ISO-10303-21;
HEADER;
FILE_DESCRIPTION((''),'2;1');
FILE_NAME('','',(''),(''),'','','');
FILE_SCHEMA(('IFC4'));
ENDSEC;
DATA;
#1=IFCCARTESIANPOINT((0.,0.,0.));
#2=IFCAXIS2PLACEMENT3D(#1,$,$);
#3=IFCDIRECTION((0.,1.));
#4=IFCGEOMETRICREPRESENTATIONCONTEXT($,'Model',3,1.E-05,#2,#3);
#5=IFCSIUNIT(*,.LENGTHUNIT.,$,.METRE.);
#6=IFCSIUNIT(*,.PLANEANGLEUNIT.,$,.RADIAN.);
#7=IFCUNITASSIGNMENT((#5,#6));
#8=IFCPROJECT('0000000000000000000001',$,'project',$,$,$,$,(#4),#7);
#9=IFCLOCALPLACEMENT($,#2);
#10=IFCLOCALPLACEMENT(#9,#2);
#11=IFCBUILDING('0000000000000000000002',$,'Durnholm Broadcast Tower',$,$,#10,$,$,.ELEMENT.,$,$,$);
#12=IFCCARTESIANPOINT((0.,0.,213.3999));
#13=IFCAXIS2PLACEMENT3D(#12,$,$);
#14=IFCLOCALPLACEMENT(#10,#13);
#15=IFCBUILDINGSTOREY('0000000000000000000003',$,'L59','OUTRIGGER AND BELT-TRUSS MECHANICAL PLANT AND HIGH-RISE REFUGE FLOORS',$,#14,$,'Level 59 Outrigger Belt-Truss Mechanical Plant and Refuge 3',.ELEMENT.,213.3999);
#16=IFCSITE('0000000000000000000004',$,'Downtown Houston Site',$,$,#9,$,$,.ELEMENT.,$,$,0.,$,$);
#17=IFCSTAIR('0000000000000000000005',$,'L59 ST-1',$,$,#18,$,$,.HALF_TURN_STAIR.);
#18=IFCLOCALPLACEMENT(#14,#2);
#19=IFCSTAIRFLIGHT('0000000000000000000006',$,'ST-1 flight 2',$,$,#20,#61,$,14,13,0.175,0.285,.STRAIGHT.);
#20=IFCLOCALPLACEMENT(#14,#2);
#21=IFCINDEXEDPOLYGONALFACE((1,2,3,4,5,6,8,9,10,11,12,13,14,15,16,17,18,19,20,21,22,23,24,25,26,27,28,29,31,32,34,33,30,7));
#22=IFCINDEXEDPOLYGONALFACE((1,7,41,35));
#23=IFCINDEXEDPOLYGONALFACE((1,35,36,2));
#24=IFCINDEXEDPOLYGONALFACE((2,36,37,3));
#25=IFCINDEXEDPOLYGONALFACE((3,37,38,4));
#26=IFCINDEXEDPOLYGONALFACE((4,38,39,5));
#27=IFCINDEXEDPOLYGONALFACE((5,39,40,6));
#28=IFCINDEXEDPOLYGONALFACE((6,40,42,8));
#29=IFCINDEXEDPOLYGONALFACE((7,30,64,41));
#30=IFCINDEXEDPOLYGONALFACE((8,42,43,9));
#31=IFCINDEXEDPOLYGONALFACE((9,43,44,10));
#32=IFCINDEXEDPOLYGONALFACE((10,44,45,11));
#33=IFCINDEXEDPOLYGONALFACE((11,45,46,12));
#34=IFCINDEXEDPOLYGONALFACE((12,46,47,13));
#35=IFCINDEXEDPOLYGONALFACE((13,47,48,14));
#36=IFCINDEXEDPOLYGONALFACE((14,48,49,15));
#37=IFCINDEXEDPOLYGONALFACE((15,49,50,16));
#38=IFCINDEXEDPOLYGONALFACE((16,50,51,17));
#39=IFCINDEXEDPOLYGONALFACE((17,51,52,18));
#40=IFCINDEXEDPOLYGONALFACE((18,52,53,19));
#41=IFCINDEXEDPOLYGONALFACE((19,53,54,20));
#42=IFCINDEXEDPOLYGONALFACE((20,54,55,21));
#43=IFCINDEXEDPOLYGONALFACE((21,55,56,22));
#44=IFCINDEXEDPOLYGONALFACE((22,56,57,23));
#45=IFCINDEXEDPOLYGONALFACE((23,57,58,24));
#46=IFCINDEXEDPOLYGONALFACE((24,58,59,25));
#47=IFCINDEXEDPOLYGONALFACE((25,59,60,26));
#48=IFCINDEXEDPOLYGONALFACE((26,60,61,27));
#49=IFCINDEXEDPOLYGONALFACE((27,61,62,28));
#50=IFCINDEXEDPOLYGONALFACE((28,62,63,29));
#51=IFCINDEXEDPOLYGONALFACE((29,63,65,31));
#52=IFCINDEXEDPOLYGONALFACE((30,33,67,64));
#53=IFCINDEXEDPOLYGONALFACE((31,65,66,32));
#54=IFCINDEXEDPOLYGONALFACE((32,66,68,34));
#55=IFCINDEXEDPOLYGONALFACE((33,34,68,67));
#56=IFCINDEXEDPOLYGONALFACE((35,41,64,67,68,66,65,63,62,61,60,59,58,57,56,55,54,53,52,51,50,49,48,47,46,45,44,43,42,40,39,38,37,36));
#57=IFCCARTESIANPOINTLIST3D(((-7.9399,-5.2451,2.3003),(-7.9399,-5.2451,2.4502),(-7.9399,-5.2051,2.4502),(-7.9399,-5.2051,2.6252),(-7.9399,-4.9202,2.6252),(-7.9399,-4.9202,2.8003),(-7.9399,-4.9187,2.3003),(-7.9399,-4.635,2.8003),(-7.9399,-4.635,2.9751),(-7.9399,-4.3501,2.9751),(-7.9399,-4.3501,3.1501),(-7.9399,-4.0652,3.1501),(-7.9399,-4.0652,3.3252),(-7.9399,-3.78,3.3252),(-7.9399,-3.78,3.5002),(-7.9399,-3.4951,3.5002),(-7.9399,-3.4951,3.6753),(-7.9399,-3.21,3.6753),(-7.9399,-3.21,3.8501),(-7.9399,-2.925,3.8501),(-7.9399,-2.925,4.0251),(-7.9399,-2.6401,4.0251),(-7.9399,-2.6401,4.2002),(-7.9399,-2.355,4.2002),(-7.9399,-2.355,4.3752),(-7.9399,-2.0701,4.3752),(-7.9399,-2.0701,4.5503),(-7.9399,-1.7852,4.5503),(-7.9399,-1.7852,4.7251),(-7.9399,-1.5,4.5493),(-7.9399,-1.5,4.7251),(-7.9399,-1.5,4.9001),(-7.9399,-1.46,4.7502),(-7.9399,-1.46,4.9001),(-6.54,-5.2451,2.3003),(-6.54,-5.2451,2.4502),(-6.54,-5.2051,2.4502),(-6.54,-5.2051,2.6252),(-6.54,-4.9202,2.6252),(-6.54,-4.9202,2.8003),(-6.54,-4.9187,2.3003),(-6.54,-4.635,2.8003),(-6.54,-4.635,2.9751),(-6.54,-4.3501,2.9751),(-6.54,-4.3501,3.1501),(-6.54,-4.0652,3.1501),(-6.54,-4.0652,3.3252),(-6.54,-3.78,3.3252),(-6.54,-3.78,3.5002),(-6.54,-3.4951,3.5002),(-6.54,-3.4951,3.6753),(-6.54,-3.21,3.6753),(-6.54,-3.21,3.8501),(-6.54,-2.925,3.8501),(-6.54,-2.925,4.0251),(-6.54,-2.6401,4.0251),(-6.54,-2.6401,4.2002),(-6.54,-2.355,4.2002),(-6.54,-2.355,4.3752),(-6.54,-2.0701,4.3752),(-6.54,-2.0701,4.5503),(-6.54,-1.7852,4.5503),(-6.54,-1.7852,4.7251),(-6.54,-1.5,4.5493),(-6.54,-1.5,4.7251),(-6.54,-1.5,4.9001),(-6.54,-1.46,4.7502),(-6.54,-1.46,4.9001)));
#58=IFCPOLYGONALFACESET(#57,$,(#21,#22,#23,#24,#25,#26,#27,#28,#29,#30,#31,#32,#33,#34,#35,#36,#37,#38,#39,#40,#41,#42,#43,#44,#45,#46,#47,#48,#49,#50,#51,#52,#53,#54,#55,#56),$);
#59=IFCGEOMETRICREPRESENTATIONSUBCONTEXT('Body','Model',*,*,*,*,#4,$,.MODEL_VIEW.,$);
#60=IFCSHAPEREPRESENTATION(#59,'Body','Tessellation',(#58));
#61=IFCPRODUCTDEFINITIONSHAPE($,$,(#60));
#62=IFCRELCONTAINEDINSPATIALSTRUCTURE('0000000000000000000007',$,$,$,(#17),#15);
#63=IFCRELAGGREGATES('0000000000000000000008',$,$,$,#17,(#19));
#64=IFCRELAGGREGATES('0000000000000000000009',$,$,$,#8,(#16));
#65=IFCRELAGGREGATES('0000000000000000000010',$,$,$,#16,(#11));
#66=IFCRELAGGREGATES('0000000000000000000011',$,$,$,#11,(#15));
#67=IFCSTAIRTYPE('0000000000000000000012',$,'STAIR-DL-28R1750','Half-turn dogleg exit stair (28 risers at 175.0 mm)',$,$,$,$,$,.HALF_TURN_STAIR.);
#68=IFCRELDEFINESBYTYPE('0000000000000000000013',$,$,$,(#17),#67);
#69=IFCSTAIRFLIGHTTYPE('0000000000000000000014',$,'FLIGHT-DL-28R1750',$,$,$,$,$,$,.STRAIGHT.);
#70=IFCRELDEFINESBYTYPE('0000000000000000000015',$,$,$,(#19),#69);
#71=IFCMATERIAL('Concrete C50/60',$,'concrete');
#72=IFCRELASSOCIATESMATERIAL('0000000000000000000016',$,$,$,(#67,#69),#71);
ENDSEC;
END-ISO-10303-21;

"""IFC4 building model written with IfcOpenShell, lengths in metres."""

from ifc_helpers import new_model, si_unit, direction, frame, origin, place, context, subcontext, project, spatial, polyline, outline, extrude, material, type_object, element, aggregate, save


model = new_model("IFC4")

# Units and contexts
model_context = context("Model", 3, precision=1e-05, world=origin(), true_north=direction((0.0, 1.0)))
body_context = subcontext(model_context, "Body", "Model", "MODEL_VIEW")
ifc_project = project(units=[si_unit("LENGTHUNIT", "METRE"), si_unit("PLANEANGLEUNIT", "RADIAN")], contexts=[model_context])

# Site, building, storey
site_placement = place(None, origin())
site = spatial("IfcSite", under=ifc_project, at=site_placement, Name="Downtown Houston Site", CompositionType="ELEMENT", RefElevation=0.0)
building_placement = place(site_placement, origin())
building = spatial("IfcBuilding", under=site, at=building_placement, Name="Durnholm Broadcast Tower", CompositionType="ELEMENT")
storey_placement = place(building_placement, frame((0.0, 0.0, 213.3999)))
storey = spatial("IfcBuildingStorey", under=building, at=storey_placement, Name="L59", Description="OUTRIGGER AND BELT-TRUSS MECHANICAL PLANT AND HIGH-RISE REFUGE FLOORS", LongName="Level 59 Outrigger Belt-Truss Mechanical Plant and Refuge 3", CompositionType="ELEMENT", Elevation=213.3999)

# Shared definitions
ifc_material_1 = material(Name="Concrete C50/60", Category="concrete")

# Stair, stair flight
stair_type = type_object("IfcStairType", Name="STAIR-DL-28R1750", Description="Half-turn dogleg exit stair (28 risers at 175.0 mm)", PredefinedType="HALF_TURN_STAIR", material=ifc_material_1)
stair_placement = place(storey_placement, origin())
stair = element("IfcStair", 1, at=stair_placement, inside=storey, type_object=stair_type, Name="L59 ST-1", PredefinedType="HALF_TURN_STAIR")
stair_flight_type = type_object("IfcStairFlightType", Name="FLIGHT-DL-28R1750", PredefinedType="STRAIGHT", material=ifc_material_1)
stair_flight_1_placement = place(storey_placement, frame((-7.24, -5.2051, 2.4502), z_axis=(0.0, 0.0, 1.0), x_axis=(0.0, 1.0, 0.0)))
stair_flight_1 = element("IfcStairFlight", 2, at=stair_flight_1_placement, type_object=stair_flight_type, Name="ST-1 flight 2", NumberOfRisers=14, NumberOfTreads=13, PredefinedType="STRAIGHT", RiserHeight=0.175, TreadLength=0.285, context=body_context, shape_type="SweptSolid", body=[
    extrude(outline(polyline([(-0.04, -0.1499), (-0.04, 0.0), (0.0, 0.0), (0.0, 0.175), (0.2849, 0.175), (0.2849, 0.3501), (0.5701, 0.3501), (0.5701, 0.5249), (0.855, 0.5249), (0.855, 0.7), (1.1399, 0.7), (1.1399, 0.875), (1.425, 0.875), (1.425, 1.05), (1.71, 1.05), (1.71, 1.2251), (1.9951, 1.2251), (1.9951, 1.3999), (2.28, 1.3999), (2.28, 1.575), (2.5649, 1.575), (2.5649, 1.75), (2.8501, 1.75), (2.8501, 1.925), (3.135, 1.925), (3.135, 2.1001), (3.4199, 2.1001), (3.4199, 2.2749), (3.7051, 2.2749), (3.7051, 2.45), (3.7451, 2.45), (3.7451, 2.3), (3.7051, 2.0991), (0.2864, -0.1499), (-0.04, -0.1499)])), frame((0.0, 0.7, 0.0), z_axis=(0.0, -1.0, 0.0), x_axis=(1.0, 0.0, 0.0)), (0.0, 0.0, 1.0), 1.3999),
])
aggregate(stair, [stair_flight_1])

save(model, "model.ifc")
